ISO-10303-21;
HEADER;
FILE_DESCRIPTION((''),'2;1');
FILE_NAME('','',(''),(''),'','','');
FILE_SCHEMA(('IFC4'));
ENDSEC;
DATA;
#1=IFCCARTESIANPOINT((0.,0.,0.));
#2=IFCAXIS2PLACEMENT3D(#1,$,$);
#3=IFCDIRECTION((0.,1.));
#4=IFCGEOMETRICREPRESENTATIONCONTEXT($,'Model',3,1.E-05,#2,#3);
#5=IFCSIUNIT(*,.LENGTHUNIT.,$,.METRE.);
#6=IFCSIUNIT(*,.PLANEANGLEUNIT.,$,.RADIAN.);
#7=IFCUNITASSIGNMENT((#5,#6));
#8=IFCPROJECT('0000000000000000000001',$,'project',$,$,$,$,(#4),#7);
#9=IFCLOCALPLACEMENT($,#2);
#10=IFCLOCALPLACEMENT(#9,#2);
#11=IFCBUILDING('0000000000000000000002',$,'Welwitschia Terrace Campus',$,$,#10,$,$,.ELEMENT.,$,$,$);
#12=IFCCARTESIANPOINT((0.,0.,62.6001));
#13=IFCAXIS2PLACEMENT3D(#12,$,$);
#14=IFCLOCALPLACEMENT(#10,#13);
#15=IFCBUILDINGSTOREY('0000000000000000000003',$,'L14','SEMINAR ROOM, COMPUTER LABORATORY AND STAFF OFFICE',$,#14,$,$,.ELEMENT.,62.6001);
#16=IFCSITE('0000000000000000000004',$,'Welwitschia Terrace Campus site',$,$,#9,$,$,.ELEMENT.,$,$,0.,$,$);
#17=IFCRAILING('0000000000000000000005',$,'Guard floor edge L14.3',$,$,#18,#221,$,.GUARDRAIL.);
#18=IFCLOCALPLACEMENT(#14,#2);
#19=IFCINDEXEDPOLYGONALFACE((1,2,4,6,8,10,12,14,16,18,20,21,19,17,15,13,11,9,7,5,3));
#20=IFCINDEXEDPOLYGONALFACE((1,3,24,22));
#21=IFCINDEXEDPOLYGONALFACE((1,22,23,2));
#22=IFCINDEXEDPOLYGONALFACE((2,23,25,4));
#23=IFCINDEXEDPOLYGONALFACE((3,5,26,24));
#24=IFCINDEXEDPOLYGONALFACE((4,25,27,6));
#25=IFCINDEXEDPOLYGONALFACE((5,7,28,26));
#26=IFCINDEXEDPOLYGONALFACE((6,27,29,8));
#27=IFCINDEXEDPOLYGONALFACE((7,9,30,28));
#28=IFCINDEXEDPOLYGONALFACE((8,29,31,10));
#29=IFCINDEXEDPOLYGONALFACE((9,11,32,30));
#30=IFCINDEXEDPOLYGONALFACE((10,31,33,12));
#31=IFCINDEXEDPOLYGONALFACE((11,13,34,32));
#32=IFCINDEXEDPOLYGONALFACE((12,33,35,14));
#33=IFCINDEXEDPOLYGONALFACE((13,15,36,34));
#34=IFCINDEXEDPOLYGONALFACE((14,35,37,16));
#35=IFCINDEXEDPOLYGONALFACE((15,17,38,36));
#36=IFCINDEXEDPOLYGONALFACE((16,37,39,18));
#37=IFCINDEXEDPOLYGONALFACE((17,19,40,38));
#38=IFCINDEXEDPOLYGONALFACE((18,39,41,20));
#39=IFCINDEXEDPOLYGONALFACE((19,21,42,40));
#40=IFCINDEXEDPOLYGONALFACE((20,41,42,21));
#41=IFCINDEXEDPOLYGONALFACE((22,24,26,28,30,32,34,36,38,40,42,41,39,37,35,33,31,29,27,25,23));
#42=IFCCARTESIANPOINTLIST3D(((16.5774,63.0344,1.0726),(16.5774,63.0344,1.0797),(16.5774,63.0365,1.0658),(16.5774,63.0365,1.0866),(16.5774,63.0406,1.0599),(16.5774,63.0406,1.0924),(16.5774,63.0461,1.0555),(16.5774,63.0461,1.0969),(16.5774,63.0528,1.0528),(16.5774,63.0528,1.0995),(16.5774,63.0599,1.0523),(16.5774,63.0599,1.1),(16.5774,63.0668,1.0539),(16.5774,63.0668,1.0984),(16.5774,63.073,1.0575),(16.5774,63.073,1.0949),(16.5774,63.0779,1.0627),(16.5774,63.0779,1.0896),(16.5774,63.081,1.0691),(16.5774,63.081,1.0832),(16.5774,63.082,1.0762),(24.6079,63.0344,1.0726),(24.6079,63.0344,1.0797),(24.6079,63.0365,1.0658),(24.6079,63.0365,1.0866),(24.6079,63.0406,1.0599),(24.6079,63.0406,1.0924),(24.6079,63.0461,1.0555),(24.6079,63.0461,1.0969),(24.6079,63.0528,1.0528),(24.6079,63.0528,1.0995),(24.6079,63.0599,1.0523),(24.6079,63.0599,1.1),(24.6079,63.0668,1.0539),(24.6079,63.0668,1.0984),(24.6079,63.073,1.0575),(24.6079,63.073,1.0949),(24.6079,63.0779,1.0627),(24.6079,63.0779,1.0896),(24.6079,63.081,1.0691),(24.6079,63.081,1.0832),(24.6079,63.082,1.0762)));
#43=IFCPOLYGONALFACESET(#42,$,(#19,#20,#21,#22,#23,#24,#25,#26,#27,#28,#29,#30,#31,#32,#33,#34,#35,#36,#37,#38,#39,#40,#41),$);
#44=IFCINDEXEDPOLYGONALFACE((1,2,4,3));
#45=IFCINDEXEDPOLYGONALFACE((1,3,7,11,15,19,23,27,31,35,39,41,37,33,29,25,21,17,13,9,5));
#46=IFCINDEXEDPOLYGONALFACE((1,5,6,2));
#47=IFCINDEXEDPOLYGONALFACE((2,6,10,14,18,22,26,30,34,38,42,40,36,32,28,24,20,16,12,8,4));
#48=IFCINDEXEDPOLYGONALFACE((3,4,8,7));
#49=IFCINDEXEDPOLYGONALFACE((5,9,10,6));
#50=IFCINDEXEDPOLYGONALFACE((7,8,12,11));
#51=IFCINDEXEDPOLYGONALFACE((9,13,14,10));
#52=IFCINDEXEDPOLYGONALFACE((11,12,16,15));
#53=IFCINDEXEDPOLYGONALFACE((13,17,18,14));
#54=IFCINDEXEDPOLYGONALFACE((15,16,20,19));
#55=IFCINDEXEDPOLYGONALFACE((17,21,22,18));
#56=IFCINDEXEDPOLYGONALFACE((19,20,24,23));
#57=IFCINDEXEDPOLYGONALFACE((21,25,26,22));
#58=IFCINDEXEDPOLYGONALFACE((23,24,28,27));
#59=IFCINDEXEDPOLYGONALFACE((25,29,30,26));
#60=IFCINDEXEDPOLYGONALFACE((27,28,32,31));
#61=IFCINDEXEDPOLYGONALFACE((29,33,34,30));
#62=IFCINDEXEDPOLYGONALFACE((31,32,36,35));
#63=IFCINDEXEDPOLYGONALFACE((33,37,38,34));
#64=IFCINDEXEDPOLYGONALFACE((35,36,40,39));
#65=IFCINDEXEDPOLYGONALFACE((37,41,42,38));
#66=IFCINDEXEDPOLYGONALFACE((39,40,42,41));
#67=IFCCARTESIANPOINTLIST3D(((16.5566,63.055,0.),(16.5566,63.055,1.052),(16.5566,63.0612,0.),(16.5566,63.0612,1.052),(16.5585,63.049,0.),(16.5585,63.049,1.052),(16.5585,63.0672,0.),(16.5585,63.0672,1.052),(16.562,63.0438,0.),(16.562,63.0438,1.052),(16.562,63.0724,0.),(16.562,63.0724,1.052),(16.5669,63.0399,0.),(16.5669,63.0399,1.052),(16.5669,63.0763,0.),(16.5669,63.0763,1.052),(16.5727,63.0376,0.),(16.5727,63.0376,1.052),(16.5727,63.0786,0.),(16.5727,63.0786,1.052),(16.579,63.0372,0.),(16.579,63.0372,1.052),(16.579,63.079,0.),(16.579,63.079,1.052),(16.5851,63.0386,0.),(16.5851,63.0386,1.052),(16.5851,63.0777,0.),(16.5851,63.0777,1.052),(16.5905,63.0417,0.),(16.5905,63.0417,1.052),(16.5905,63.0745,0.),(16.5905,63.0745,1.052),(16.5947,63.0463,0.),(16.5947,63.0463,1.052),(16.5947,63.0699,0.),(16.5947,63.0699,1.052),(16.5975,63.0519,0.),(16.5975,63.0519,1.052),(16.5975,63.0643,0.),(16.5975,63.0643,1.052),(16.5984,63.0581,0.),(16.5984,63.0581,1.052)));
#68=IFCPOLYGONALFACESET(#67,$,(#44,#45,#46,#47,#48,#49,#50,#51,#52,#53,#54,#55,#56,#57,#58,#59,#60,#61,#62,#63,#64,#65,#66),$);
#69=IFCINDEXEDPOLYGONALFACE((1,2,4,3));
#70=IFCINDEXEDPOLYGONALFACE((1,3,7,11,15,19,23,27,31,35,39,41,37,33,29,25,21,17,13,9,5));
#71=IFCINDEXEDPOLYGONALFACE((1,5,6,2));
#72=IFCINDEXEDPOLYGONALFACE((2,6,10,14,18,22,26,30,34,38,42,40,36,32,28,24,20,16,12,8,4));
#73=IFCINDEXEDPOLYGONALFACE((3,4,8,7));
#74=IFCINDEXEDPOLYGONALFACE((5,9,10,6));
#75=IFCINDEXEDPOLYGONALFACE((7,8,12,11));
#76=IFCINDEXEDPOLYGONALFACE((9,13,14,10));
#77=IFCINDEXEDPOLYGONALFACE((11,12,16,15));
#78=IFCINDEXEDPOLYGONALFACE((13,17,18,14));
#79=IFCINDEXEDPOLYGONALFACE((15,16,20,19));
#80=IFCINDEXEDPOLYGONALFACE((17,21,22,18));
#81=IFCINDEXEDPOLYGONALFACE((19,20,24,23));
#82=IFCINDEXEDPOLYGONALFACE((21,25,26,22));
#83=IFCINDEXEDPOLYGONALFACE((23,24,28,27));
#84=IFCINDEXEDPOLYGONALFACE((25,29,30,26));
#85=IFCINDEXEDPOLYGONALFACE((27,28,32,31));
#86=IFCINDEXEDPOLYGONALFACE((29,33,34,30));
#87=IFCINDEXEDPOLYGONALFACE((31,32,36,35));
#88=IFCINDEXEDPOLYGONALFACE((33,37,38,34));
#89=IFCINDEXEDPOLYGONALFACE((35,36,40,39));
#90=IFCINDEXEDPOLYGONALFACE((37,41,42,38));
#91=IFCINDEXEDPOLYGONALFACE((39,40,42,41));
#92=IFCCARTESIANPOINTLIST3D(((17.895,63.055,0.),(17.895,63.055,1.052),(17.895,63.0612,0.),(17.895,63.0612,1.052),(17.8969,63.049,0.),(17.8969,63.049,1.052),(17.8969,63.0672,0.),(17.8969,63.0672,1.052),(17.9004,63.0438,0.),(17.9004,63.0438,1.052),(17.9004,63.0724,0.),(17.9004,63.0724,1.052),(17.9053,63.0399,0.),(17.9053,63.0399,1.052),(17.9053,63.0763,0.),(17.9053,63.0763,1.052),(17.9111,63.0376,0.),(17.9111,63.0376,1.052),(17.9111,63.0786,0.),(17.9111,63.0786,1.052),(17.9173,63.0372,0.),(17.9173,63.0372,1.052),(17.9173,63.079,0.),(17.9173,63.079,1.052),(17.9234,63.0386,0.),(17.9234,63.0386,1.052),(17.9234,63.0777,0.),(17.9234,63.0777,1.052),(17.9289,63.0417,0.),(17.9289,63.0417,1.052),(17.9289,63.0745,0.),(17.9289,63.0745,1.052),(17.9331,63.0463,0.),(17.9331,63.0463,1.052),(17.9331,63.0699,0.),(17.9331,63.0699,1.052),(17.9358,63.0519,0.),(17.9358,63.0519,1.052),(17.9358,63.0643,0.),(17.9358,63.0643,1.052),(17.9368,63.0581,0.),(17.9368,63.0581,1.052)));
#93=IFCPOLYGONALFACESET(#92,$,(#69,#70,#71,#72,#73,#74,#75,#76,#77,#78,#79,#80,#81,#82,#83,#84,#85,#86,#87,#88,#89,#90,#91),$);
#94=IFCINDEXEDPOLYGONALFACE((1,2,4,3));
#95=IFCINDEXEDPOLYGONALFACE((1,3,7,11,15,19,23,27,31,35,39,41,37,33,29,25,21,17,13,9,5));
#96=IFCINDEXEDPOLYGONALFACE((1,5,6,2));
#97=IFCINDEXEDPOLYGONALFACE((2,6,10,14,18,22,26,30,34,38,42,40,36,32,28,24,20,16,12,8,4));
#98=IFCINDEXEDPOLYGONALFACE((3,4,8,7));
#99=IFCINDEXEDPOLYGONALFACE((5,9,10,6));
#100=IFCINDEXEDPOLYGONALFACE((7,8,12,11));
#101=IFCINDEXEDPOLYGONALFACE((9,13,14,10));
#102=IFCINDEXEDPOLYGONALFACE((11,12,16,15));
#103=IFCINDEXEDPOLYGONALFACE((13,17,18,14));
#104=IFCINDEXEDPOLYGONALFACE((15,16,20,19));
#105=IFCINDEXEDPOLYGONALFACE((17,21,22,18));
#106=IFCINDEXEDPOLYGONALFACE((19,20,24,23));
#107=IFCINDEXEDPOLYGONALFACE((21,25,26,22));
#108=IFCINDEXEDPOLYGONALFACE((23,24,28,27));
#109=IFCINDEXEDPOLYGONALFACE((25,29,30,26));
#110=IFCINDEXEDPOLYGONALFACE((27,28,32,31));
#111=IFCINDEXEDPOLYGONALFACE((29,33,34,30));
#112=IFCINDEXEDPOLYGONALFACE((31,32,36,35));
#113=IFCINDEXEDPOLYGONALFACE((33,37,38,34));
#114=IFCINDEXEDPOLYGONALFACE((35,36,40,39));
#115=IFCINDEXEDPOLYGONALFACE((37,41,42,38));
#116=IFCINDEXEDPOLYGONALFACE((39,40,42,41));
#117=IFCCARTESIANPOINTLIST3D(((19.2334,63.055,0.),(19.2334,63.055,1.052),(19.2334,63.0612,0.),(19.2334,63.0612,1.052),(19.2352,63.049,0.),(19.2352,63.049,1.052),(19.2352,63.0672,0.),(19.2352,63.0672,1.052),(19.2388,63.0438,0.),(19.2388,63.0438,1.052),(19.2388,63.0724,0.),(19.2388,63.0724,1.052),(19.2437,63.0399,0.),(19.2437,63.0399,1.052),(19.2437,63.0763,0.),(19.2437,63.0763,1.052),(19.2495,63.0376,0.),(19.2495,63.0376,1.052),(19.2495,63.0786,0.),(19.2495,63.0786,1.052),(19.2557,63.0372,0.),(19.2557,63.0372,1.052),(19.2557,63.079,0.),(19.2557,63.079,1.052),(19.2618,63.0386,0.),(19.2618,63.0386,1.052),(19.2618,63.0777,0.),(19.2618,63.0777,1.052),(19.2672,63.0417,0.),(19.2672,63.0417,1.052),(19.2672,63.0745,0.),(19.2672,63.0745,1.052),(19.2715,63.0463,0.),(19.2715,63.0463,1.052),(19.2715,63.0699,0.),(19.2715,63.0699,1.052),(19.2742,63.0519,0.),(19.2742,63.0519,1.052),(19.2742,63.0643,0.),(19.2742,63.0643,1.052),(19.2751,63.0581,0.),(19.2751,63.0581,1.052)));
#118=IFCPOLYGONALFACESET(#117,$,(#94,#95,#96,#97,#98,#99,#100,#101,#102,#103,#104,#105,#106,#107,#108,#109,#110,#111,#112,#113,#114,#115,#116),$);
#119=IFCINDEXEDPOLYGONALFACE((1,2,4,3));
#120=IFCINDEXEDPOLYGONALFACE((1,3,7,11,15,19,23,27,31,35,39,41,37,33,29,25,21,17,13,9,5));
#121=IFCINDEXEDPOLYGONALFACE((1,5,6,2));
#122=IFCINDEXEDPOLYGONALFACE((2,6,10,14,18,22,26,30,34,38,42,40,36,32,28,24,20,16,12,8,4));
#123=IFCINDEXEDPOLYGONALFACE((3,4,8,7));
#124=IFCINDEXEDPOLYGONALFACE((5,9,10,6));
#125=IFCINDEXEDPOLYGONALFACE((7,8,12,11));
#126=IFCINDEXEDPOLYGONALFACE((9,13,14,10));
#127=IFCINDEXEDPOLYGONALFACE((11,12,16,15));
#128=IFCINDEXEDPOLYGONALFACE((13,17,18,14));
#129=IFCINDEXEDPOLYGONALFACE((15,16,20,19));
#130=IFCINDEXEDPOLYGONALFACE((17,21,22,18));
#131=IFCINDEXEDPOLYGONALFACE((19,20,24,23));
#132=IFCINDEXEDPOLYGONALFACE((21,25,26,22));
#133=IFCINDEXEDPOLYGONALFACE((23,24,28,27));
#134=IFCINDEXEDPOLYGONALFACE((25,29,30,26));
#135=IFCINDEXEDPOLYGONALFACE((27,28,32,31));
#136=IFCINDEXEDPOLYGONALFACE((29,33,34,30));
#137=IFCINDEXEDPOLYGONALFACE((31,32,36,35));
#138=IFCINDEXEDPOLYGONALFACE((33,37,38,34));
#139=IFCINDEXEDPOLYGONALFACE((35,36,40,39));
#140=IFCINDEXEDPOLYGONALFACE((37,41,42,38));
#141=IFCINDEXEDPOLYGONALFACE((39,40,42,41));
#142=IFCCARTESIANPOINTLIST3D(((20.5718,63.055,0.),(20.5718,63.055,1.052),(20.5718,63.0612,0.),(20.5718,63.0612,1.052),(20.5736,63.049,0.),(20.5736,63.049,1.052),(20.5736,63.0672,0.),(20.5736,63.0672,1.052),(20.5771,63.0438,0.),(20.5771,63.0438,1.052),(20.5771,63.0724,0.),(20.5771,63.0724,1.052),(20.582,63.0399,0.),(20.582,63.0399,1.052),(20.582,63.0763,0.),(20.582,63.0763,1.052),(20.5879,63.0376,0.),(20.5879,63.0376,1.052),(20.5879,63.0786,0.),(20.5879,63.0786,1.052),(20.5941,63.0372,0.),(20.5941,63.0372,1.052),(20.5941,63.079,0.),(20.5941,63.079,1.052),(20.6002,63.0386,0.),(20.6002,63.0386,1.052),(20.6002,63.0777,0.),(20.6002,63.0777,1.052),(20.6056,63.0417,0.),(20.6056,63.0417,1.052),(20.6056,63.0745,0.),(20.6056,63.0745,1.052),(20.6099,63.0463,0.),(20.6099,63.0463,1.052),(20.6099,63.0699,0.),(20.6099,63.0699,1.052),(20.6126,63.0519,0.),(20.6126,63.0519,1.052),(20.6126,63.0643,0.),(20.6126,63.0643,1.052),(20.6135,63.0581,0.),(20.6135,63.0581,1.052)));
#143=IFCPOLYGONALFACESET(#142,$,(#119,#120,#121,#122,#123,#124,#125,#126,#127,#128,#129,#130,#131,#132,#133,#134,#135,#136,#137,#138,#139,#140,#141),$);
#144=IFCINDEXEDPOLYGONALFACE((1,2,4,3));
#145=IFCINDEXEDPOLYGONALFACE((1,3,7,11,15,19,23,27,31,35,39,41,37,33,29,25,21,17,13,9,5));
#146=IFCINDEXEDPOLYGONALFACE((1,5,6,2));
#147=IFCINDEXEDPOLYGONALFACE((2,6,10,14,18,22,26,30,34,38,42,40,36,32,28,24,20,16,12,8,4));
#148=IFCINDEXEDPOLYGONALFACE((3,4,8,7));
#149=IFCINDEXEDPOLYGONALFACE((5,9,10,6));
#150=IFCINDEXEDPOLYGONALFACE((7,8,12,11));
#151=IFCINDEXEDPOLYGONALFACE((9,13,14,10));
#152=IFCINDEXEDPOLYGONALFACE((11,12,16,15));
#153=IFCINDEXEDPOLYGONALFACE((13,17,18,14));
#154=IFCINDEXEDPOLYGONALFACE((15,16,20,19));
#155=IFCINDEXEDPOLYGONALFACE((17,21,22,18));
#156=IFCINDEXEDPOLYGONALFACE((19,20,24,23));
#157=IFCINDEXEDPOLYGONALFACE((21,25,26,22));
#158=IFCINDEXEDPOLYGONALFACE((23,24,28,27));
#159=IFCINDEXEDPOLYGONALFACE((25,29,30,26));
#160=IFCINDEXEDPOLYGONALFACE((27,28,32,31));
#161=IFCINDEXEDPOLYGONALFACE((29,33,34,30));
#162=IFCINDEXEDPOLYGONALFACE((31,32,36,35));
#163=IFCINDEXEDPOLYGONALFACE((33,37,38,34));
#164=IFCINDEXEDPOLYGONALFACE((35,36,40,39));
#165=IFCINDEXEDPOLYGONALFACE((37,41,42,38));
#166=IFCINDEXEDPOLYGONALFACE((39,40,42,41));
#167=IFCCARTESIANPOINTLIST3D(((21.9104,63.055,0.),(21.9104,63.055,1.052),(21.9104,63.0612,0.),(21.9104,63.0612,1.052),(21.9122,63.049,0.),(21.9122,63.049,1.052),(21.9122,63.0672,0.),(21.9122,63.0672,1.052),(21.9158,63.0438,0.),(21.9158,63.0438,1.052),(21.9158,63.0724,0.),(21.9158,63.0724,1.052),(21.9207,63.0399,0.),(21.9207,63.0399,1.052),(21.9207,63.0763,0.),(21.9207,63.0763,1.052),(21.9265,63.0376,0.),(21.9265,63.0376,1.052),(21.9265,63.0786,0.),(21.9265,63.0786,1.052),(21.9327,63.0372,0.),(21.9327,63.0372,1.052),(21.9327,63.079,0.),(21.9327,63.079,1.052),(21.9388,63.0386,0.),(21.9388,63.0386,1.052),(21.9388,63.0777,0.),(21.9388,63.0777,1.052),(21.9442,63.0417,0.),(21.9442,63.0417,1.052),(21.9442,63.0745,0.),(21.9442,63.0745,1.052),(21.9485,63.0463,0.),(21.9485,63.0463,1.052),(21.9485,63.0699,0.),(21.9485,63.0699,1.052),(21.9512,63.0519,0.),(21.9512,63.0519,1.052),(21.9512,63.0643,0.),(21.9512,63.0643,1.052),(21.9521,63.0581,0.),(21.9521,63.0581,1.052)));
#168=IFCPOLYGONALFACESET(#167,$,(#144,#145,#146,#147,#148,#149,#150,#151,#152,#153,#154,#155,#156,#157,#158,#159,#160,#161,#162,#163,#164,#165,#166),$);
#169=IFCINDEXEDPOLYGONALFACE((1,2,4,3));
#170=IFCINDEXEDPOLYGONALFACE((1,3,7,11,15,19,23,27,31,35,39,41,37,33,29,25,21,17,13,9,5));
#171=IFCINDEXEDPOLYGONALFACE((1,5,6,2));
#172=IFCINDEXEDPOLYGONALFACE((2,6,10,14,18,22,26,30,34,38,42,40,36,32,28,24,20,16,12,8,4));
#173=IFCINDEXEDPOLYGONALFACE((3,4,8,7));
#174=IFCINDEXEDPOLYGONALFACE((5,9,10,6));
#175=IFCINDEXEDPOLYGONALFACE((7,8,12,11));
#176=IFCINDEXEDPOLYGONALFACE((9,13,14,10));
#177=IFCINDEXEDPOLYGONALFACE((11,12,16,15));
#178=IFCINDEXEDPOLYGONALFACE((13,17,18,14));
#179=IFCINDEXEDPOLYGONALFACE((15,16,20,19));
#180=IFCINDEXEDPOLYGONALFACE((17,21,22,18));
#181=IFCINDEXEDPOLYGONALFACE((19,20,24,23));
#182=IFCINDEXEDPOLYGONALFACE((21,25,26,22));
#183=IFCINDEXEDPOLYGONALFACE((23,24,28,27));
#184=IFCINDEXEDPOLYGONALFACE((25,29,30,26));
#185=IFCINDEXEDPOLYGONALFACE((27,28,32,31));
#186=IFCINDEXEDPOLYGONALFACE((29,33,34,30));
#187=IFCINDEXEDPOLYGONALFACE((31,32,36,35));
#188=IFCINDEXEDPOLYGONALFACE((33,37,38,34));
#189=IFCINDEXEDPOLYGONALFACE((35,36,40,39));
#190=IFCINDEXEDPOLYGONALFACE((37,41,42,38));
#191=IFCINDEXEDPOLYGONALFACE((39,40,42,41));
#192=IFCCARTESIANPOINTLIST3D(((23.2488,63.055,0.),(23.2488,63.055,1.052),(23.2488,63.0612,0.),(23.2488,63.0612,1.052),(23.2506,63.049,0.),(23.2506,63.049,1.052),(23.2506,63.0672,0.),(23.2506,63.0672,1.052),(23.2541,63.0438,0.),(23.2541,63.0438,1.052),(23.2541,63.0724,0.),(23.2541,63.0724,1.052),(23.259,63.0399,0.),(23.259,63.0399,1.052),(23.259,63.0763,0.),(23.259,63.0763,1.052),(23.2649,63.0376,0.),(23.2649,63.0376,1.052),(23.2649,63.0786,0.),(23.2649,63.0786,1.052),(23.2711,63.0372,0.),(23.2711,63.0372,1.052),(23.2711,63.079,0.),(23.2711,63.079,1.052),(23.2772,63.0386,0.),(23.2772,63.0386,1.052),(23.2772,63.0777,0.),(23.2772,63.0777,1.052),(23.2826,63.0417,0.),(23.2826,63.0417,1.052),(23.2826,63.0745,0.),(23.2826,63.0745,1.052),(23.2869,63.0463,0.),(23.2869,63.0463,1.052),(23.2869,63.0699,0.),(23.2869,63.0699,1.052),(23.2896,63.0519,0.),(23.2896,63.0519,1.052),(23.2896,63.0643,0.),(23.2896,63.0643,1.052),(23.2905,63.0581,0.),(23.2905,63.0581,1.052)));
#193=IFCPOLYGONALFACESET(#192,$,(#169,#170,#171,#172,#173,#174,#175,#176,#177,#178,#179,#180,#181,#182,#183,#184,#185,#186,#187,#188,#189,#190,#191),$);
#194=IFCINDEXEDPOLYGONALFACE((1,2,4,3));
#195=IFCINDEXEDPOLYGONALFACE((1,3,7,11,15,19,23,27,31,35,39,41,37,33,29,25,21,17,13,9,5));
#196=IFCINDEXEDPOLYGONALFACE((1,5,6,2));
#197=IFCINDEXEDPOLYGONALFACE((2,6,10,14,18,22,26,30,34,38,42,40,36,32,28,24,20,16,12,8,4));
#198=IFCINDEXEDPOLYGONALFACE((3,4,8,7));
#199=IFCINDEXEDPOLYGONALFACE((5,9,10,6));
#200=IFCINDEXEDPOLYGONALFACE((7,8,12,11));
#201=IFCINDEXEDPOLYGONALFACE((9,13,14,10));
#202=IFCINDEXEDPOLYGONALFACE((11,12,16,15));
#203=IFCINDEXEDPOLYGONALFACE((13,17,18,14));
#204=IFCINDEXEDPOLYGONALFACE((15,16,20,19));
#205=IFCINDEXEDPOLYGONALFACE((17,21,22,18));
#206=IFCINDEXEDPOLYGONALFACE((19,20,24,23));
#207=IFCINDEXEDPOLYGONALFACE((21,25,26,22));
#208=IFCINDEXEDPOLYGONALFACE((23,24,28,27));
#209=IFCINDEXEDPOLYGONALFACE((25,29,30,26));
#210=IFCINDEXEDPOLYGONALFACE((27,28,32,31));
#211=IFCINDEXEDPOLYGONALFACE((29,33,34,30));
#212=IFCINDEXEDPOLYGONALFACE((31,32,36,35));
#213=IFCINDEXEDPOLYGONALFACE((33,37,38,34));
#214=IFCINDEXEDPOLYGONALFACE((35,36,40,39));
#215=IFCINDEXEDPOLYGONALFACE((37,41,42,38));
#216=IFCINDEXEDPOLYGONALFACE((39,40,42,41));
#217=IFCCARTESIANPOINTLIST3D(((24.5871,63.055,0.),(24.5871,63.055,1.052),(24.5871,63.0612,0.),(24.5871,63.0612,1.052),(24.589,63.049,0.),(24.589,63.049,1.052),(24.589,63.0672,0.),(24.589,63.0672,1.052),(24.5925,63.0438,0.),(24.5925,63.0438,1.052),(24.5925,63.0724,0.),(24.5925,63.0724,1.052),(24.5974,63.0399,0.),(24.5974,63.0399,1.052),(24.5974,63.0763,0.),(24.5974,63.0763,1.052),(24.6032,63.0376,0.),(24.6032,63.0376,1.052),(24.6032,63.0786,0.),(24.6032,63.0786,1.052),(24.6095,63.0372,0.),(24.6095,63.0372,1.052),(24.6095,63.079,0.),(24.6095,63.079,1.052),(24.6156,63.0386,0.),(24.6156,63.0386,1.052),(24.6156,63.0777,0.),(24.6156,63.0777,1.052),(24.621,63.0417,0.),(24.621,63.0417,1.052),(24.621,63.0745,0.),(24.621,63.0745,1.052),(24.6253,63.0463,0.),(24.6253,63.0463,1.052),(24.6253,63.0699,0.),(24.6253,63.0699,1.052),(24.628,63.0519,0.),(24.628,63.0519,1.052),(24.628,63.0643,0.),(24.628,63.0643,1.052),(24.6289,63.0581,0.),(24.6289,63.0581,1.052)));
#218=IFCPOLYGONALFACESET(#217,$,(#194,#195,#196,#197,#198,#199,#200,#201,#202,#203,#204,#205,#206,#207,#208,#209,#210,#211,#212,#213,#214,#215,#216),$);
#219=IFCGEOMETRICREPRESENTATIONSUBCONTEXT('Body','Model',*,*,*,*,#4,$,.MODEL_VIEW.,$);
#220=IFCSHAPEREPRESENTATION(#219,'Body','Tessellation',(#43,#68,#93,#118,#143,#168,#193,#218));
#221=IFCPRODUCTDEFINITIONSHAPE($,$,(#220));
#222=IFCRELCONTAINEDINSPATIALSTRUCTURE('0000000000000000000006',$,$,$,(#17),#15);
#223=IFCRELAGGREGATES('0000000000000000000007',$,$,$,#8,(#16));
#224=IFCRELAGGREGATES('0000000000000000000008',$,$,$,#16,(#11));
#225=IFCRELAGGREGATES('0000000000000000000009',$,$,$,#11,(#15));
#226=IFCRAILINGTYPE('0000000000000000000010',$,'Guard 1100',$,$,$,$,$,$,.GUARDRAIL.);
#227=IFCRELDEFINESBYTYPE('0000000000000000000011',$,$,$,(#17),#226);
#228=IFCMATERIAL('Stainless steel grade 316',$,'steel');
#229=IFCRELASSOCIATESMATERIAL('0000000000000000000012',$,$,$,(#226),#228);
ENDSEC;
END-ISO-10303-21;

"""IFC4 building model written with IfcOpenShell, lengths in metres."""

from ifc_helpers import new_model, si_unit, direction, frame, origin, origin_2d, place, context, subcontext, project, spatial, circle, extrude, material, type_object, element, save


model = new_model("IFC4")

# Units and contexts
model_context = context("Model", 3, precision=1e-05, world=origin(), true_north=direction((0.0, 1.0)))
body_context = subcontext(model_context, "Body", "Model", "MODEL_VIEW")
ifc_project = project(units=[si_unit("LENGTHUNIT", "METRE"), si_unit("PLANEANGLEUNIT", "RADIAN")], contexts=[model_context])

# Site, building, storey
site_placement = place(None, origin())
site = spatial("IfcSite", under=ifc_project, at=site_placement, Name="Welwitschia Terrace Campus site", CompositionType="ELEMENT", RefElevation=0.0)
building_placement = place(site_placement, origin())
building = spatial("IfcBuilding", under=site, at=building_placement, Name="Welwitschia Terrace Campus", CompositionType="ELEMENT")
storey_placement = place(building_placement, frame((0.0, 0.0, 62.6001)))
storey = spatial("IfcBuildingStorey", under=building, at=storey_placement, Name="L14", Description="SEMINAR ROOM, COMPUTER LABORATORY AND STAFF OFFICE", CompositionType="ELEMENT", Elevation=62.6001)

# Railing
ifc_material_1 = material(Name="Stainless steel grade 316", Category="steel")
railing_type = type_object("IfcRailingType", Name="Guard 1100", PredefinedType="GUARDRAIL", material=ifc_material_1)
railing_placement = place(storey_placement, frame((16.5774, 63.0581, 0.0)))
element("IfcRailing", 1, at=railing_placement, inside=storey, type_object=railing_type, Name="Guard floor edge L14.3", PredefinedType="GUARDRAIL", context=body_context, shape_type="SweptSolid", body=[
    extrude(circle(Radius=0.0239, at=origin_2d()), frame((0.0, 0.0, 1.0762), z_axis=(1.0, 0.0, 0.0), x_axis=(0.0, 1.0, 0.0)), (0.0, 0.0, 1.0), 8.0305),
    extrude(circle(Radius=0.021, at=origin_2d()), origin(), (0.0, 0.0, 1.0), 1.052),
    extrude(circle(Radius=0.021, at=origin_2d()), frame((1.3384, 0.0, 0.0)), (0.0, 0.0, 1.0), 1.052),
    extrude(circle(Radius=0.021, at=origin_2d()), frame((2.6768, 0.0, 0.0)), (0.0, 0.0, 1.0), 1.052),
    extrude(circle(Radius=0.021, at=origin_2d()), frame((4.0151, 0.0, 0.0)), (0.0, 0.0, 1.0), 1.052),
    extrude(circle(Radius=0.021, at=origin_2d()), frame((5.3538, 0.0, 0.0)), (0.0, 0.0, 1.0), 1.052),
    extrude(circle(Radius=0.021, at=origin_2d()), frame((6.6921, 0.0, 0.0)), (0.0, 0.0, 1.0), 1.052),
    extrude(circle(Radius=0.021, at=origin_2d()), frame((8.0305, 0.0, 0.0)), (0.0, 0.0, 1.0), 1.052),
])

save(model, "model.ifc")
